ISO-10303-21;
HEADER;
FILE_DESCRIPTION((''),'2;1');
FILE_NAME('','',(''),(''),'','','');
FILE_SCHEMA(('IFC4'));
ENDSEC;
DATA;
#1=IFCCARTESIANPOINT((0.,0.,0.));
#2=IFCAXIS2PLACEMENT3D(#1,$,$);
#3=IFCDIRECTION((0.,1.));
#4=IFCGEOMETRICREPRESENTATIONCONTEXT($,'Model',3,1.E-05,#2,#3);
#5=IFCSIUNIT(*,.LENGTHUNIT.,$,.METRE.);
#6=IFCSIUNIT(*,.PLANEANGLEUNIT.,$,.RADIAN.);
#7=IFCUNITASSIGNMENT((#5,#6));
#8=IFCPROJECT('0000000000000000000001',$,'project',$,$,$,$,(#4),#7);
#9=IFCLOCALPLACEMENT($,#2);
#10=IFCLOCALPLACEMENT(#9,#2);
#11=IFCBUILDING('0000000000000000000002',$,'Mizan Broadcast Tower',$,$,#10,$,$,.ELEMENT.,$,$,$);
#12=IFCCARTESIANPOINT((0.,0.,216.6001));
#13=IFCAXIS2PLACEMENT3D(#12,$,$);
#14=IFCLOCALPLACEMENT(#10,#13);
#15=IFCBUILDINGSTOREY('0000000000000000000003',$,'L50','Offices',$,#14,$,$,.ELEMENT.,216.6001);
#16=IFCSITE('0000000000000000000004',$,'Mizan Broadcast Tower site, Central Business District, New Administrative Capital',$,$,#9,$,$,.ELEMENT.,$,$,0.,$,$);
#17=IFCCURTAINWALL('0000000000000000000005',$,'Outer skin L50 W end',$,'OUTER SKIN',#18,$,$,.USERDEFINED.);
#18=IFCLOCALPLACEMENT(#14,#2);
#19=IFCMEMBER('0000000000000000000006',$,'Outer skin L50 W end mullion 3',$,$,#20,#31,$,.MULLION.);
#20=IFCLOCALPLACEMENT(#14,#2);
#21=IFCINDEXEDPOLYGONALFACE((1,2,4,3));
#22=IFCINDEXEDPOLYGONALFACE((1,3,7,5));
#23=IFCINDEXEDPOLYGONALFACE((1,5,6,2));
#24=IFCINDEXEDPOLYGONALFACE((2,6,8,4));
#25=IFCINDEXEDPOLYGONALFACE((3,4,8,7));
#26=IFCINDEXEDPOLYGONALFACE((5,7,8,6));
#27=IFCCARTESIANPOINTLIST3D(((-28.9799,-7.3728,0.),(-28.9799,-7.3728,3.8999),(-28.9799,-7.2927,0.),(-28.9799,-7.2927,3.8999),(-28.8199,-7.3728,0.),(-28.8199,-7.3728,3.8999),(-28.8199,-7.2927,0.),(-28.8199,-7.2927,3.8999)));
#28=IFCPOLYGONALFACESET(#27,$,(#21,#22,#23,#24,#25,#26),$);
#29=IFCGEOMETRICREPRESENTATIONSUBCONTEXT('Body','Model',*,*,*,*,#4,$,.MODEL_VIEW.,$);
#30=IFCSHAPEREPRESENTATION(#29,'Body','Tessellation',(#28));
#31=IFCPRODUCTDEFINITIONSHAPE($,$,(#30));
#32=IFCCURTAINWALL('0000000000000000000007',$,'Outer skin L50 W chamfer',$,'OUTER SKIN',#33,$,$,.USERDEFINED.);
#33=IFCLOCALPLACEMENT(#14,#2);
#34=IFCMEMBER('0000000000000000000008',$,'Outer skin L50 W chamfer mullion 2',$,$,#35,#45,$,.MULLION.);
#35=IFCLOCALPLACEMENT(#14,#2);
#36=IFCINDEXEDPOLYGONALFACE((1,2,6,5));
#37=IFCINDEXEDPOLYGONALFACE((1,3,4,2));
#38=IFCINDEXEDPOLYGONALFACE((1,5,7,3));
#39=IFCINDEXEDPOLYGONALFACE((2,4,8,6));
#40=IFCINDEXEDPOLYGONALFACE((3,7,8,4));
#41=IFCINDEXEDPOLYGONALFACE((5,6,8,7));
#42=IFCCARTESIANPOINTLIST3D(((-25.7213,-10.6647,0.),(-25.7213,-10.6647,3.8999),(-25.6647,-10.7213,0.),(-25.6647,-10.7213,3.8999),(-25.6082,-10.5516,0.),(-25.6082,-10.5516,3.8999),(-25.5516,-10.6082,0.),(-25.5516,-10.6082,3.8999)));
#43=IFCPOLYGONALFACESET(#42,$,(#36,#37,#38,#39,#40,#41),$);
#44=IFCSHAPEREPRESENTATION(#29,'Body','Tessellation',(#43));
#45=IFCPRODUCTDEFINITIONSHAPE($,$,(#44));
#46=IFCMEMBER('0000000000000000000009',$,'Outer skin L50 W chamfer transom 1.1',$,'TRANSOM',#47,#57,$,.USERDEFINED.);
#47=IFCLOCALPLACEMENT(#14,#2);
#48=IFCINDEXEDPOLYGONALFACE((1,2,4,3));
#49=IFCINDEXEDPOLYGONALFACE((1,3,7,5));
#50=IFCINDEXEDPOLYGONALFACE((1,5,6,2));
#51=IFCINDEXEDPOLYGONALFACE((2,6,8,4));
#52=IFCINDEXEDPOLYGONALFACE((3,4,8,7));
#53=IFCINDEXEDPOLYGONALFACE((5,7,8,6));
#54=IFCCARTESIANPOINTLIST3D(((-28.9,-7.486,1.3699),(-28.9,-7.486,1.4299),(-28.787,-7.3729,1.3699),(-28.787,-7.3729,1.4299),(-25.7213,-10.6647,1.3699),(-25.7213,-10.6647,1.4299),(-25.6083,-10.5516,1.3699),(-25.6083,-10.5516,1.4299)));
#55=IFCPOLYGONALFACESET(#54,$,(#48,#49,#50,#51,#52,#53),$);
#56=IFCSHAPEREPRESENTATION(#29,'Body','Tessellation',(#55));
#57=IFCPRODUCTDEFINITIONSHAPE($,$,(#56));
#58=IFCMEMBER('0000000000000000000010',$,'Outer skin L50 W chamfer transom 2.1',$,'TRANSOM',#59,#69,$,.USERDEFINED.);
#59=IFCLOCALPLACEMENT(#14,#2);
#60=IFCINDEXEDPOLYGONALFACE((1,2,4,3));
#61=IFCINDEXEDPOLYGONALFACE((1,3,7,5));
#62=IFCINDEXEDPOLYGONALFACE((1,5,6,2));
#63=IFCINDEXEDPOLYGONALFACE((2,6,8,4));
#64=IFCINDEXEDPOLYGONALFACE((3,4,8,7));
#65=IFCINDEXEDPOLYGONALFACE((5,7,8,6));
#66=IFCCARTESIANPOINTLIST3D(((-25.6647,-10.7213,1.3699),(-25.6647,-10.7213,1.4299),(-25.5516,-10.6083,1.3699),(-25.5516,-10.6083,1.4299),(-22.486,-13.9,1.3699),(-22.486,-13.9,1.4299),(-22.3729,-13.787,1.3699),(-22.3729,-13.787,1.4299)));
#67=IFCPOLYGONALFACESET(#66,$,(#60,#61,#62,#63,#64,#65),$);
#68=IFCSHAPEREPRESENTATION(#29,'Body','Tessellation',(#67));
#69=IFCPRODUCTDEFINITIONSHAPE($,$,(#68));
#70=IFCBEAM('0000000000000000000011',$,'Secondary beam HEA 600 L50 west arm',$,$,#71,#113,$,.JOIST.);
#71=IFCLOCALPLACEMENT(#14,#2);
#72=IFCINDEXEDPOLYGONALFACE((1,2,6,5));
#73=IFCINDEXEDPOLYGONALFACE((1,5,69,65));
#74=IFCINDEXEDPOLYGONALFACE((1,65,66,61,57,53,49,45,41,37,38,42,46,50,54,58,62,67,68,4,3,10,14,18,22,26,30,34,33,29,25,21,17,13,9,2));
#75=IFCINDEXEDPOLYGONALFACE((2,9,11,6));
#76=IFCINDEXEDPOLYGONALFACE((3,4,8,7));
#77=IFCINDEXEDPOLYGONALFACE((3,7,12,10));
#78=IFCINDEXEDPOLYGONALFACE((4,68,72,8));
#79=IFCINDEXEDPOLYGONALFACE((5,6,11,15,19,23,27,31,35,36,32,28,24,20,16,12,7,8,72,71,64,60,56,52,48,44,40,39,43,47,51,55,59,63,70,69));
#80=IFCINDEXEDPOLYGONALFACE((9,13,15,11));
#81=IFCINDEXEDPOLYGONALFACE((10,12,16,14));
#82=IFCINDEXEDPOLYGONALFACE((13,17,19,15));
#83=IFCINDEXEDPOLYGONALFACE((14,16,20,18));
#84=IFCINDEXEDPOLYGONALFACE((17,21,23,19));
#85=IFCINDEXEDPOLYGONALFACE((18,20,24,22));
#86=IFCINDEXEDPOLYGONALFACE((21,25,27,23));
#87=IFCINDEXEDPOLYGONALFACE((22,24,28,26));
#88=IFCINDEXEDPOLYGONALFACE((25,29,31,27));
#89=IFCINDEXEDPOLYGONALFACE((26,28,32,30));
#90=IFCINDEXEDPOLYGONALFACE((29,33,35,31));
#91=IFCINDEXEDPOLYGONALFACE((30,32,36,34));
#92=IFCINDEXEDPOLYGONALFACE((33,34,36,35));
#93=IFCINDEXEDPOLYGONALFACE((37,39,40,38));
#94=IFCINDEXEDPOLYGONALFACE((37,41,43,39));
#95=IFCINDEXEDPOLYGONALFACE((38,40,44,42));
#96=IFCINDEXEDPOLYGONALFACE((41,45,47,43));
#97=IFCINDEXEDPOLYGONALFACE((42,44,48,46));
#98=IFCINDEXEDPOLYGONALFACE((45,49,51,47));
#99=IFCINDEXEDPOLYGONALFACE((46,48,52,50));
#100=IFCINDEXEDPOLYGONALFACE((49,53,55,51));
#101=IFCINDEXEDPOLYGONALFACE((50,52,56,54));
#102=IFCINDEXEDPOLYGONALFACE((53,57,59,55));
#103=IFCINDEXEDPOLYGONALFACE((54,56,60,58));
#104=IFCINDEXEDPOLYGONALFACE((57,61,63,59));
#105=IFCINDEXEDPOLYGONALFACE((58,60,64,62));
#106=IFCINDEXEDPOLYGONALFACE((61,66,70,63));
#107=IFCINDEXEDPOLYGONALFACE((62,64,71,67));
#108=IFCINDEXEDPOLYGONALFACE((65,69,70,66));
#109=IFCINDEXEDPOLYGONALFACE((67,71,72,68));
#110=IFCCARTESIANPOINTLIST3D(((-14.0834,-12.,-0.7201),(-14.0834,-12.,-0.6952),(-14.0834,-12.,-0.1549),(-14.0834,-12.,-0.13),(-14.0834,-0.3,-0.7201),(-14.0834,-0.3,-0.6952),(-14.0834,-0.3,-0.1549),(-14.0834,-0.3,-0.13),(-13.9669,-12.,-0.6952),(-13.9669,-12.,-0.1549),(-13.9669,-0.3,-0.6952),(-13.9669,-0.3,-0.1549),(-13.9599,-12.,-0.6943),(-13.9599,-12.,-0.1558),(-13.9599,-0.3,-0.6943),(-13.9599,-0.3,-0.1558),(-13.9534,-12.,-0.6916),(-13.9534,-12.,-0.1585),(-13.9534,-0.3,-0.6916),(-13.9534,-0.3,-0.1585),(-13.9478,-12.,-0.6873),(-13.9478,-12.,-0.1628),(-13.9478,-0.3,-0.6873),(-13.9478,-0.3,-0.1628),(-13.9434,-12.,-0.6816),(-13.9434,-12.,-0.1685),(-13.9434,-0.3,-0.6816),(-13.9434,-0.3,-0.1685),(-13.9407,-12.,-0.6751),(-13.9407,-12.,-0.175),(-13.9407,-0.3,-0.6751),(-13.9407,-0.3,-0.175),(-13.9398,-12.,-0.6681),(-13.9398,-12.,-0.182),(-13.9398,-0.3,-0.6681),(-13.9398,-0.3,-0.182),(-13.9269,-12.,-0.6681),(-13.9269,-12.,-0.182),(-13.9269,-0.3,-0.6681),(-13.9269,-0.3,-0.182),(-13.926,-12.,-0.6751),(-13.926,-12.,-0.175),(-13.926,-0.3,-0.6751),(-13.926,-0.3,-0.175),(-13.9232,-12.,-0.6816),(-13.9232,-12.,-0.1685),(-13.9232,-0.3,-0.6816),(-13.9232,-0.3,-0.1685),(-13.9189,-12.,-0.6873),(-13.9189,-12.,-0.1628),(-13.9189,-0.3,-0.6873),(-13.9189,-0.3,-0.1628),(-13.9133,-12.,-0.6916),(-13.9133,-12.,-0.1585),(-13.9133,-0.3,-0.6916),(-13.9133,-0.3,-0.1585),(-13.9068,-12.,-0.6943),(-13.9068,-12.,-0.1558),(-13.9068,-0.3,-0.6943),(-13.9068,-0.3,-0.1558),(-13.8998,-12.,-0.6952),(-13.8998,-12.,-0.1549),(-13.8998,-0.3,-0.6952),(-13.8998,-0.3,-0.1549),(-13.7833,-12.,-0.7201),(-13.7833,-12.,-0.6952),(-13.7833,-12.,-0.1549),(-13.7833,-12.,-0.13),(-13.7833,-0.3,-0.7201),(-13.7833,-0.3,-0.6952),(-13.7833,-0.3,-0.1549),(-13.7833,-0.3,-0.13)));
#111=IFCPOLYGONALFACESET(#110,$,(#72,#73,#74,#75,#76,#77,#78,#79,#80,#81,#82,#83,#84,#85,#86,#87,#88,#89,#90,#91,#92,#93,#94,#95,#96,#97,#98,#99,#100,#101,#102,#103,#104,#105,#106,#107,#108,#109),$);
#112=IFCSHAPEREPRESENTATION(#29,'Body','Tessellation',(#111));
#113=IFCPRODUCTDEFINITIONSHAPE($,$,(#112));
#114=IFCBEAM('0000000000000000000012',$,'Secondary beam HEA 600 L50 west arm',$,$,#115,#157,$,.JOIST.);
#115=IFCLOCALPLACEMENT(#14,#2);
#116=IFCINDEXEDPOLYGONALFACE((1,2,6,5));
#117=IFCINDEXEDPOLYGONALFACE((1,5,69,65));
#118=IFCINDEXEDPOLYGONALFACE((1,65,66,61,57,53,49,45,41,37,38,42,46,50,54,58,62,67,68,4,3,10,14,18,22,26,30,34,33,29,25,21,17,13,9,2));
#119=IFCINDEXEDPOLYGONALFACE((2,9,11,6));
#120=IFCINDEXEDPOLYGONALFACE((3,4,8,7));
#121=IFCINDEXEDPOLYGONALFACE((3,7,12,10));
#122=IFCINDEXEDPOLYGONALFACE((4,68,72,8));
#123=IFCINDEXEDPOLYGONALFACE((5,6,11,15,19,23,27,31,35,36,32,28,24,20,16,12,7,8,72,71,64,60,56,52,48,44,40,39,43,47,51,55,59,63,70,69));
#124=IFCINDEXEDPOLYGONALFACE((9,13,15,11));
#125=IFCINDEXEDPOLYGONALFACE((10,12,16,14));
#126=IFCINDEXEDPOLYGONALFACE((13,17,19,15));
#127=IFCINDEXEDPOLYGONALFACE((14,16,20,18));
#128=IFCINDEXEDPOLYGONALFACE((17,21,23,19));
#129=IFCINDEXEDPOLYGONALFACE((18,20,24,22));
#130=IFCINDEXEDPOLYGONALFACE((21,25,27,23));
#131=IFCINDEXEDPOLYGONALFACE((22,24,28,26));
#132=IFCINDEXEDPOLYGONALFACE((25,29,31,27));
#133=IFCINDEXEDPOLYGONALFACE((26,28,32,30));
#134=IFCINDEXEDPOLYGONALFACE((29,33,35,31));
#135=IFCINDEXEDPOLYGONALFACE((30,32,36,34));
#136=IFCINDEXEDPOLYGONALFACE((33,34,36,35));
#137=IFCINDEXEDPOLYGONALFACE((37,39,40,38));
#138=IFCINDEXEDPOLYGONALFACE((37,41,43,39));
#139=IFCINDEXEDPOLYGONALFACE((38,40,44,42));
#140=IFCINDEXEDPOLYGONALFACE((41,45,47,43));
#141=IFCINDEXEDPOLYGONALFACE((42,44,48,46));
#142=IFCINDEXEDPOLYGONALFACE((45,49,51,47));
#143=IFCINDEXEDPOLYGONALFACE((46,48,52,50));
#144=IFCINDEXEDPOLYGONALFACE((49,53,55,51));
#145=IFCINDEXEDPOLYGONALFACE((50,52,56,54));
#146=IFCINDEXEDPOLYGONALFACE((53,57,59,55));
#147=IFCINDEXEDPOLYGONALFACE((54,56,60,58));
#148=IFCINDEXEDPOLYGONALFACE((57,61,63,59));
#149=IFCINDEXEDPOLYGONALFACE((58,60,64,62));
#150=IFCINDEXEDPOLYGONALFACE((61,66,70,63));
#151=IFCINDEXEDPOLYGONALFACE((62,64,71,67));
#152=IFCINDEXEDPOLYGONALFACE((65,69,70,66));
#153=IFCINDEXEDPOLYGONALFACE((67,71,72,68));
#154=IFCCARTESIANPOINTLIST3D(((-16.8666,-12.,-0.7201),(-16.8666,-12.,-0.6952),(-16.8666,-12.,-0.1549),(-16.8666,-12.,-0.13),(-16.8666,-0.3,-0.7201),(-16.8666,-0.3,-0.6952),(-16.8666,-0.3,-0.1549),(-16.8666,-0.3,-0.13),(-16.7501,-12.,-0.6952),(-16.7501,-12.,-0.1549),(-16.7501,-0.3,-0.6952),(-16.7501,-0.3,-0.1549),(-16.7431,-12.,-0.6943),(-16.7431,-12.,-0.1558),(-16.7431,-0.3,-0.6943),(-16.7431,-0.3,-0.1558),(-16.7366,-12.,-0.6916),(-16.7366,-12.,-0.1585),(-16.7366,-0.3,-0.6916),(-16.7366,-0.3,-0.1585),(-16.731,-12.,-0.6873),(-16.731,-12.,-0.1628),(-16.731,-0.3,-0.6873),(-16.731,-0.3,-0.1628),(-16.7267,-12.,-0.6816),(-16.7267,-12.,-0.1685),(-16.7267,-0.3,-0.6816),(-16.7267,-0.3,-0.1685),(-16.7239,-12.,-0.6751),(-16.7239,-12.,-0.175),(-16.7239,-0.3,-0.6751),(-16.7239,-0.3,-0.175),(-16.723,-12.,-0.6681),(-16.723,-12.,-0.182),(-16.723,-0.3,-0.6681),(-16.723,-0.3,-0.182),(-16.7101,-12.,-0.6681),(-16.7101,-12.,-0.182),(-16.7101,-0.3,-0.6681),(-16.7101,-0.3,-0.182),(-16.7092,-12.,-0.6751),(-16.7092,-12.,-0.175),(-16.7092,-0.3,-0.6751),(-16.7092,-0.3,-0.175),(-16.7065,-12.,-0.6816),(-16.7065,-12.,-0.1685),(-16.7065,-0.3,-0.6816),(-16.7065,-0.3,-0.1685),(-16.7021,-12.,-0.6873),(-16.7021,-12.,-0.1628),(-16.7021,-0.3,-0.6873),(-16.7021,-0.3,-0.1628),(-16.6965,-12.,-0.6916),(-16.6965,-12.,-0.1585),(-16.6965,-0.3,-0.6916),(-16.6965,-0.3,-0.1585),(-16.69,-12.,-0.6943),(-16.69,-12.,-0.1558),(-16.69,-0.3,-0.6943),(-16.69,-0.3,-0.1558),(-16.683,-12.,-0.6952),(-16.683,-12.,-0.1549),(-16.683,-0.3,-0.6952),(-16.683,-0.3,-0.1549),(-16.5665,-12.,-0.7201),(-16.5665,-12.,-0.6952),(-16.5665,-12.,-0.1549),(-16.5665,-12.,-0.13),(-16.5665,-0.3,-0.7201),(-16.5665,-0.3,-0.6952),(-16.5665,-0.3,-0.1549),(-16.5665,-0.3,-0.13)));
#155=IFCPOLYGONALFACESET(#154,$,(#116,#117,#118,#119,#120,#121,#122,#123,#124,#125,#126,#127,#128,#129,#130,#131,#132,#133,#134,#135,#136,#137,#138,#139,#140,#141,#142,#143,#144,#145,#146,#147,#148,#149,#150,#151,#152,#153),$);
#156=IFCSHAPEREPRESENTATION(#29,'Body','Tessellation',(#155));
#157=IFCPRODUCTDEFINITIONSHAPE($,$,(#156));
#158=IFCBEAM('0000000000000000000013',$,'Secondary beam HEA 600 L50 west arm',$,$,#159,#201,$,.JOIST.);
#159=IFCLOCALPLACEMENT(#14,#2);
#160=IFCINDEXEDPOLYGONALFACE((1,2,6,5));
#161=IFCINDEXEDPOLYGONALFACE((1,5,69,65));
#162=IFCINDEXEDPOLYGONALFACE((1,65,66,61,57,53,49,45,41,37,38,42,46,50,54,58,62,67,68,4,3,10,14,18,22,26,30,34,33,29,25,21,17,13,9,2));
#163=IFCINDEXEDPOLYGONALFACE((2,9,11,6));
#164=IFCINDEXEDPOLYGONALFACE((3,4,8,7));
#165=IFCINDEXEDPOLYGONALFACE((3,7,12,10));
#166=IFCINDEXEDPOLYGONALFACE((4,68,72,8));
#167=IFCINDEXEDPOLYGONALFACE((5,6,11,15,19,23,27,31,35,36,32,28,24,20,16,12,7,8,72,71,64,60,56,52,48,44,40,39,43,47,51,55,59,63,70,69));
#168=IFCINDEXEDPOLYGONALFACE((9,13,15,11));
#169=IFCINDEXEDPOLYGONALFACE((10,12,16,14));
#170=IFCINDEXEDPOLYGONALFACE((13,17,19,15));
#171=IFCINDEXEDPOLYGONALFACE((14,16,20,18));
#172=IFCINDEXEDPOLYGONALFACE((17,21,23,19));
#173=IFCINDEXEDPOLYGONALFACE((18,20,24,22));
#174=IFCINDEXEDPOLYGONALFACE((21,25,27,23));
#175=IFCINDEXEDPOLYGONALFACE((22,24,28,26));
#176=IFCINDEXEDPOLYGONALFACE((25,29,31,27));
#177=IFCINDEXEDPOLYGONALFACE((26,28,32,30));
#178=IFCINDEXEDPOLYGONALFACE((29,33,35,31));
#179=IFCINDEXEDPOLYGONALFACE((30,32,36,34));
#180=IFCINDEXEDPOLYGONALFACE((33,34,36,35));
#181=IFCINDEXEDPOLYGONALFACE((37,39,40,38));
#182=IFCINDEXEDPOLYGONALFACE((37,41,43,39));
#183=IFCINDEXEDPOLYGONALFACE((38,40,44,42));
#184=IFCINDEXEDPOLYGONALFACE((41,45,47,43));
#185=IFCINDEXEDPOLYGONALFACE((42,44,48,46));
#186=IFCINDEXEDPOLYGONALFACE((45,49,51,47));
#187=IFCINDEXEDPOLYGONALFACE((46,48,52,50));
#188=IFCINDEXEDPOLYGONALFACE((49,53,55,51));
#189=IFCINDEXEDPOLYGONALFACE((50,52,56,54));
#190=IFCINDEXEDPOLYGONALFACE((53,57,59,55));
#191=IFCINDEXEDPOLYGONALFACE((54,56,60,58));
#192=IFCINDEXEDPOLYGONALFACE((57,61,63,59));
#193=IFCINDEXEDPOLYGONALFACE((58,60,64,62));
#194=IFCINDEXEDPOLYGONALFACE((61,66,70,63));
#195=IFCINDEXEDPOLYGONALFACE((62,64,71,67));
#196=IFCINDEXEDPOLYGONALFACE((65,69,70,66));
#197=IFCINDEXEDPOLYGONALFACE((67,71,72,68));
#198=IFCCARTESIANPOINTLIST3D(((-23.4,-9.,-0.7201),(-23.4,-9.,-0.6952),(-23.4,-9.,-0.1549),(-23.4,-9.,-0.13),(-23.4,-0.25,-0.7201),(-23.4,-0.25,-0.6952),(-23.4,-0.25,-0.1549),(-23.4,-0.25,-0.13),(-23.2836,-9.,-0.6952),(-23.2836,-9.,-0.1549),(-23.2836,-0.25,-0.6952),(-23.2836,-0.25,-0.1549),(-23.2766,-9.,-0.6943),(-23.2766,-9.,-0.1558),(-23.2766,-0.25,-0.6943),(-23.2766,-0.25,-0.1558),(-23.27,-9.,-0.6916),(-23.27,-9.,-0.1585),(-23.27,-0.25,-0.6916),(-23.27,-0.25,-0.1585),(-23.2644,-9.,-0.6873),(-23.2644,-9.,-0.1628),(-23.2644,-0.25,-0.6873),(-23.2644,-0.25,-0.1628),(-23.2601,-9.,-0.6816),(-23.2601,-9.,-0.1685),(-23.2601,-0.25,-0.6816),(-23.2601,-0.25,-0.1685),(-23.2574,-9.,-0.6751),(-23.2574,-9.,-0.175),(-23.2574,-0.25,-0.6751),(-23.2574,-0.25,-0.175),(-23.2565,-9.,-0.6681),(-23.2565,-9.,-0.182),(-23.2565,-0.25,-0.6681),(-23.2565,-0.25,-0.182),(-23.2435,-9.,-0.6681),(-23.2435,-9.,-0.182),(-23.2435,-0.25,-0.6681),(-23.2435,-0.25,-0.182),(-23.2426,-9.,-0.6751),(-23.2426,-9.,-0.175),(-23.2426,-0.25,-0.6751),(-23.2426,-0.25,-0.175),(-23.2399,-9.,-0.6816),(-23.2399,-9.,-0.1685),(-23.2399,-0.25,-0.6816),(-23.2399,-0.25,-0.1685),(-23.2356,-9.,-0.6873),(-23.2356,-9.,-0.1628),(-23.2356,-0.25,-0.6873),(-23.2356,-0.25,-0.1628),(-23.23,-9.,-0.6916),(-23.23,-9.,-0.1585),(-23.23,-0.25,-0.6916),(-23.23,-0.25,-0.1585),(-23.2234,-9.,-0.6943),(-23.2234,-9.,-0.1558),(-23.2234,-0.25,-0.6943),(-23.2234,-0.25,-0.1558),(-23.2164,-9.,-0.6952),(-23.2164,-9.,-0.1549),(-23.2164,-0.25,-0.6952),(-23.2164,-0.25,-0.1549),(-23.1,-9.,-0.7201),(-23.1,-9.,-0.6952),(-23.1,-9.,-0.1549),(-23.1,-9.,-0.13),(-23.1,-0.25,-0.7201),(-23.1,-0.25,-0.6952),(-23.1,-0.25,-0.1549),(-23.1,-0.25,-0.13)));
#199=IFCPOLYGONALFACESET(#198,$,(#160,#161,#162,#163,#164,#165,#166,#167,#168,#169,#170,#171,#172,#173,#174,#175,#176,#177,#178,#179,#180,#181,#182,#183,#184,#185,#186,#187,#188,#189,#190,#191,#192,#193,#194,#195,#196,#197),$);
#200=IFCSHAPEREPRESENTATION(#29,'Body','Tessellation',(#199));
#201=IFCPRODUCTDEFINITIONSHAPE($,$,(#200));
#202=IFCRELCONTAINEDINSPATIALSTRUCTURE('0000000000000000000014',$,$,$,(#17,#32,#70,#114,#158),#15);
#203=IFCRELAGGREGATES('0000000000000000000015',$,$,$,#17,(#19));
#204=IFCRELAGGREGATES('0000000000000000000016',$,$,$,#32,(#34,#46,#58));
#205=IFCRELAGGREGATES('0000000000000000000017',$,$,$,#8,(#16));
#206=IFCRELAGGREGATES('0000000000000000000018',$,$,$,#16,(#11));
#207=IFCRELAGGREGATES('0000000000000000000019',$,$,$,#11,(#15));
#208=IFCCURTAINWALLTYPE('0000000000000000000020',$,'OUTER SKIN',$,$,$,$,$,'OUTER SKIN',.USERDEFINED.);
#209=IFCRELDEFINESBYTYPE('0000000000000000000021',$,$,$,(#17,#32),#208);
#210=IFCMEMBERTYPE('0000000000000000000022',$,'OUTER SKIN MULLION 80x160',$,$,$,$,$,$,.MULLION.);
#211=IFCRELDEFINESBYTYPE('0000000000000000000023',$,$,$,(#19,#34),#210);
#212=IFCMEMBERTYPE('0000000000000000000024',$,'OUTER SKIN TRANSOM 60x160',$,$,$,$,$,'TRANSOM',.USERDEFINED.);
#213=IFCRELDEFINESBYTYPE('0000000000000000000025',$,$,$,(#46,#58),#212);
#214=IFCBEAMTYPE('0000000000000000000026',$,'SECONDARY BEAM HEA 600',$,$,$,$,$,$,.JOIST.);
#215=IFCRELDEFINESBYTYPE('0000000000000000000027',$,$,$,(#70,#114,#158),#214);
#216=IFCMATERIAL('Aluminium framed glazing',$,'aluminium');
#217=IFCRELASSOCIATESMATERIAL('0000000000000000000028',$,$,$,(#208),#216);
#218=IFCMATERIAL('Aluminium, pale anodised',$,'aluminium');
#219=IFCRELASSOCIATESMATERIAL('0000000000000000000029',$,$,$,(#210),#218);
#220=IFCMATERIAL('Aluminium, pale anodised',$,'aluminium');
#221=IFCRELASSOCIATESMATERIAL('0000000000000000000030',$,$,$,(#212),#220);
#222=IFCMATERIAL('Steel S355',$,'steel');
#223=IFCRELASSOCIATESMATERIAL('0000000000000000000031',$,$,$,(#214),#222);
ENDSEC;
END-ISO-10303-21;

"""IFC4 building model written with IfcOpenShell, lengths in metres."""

from ifc_helpers import new_model, si_unit, direction, frame, origin, origin_2d, place, context, subcontext, project, spatial, rectangle, i_section, extrude, material, material_profile, profile_set, type_object, element, aggregate, save


model = new_model("IFC4")

# Units and contexts
model_context = context("Model", 3, precision=1e-05, world=origin(), true_north=direction((0.0, 1.0)))
body_context = subcontext(model_context, "Body", "Model", "MODEL_VIEW")
ifc_project = project(units=[si_unit("LENGTHUNIT", "METRE"), si_unit("PLANEANGLEUNIT", "RADIAN")], contexts=[model_context])

# Site, building, storey
site_placement = place(None, origin())
site = spatial("IfcSite", under=ifc_project, at=site_placement, Name="Mizan Broadcast Tower site, Central Business District, New Administrative Capital", CompositionType="ELEMENT", RefElevation=0.0)
building_placement = place(site_placement, origin())
building = spatial("IfcBuilding", under=site, at=building_placement, Name="Mizan Broadcast Tower", CompositionType="ELEMENT")
storey_placement = place(building_placement, frame((0.0, 0.0, 216.6001)))
storey = spatial("IfcBuildingStorey", under=building, at=storey_placement, Name="L50", Description="Offices", CompositionType="ELEMENT", Elevation=216.6001)

# Curtain wall, member
ifc_material_1 = material(Name="Aluminium framed glazing", Category="aluminium")
curtain_wall_type_1 = type_object("IfcCurtainWallType", Name="OUTER SKIN", ElementType="OUTER SKIN", PredefinedType="USERDEFINED", material=ifc_material_1)
curtain_wall_1_placement = place(storey_placement, origin())
curtain_wall_1 = element("IfcCurtainWall", 1, at=curtain_wall_1_placement, inside=storey, type_object=curtain_wall_type_1, Name="Outer skin L50 W end", ObjectType="OUTER SKIN", PredefinedType="USERDEFINED")
ifc_material_2 = material(Name="Aluminium, pale anodised", Category="aluminium")
ifc_material_profile_1 = material_profile(ifc_material_2, rectangle(XDim=0.1599, YDim=0.0801, at=origin_2d()), Name="MULLION 160x80")
ifc_profile_set_1 = profile_set([ifc_material_profile_1], Name="Aluminium, pale anodised")
member_type_1 = type_object("IfcMemberType", Name="OUTER SKIN MULLION 80x160", PredefinedType="MULLION", material=ifc_profile_set_1)
member_1_placement = place(storey_placement, frame((-28.8999, -7.3328, 0.0), z_axis=(0.0, 0.0, 1.0), x_axis=(1.0, 0.0, 0.0)))
member_1 = element("IfcMember", 2, at=member_1_placement, type_object=member_type_1, Name="Outer skin L50 W end mullion 3", PredefinedType="MULLION", context=body_context, shape_type="SweptSolid", body=[
    extrude(rectangle(XDim=0.1599, YDim=0.0801, at=origin_2d()), origin(), (0.0, 0.0, 1.0), 3.8999),
])

# Curtain wall, members
curtain_wall_2_placement = place(storey_placement, origin())
curtain_wall_2 = element("IfcCurtainWall", 3, at=curtain_wall_2_placement, inside=storey, type_object=curtain_wall_type_1, Name="Outer skin L50 W chamfer", ObjectType="OUTER SKIN", PredefinedType="USERDEFINED")
member_2_placement = place(storey_placement, frame((-25.6365, -10.6365, 0.0), z_axis=(0.0, 0.0, 1.0), x_axis=(0.707107, 0.707107, 0.0)))
member_2 = element("IfcMember", 4, at=member_2_placement, type_object=member_type_1, Name="Outer skin L50 W chamfer mullion 2", PredefinedType="MULLION", context=body_context, shape_type="SweptSolid", body=[
    extrude(rectangle(XDim=0.1599, YDim=0.0801, at=origin_2d()), origin(), (0.0, 0.0, 1.0), 3.8999),
])
ifc_material_3 = material(Name="Aluminium, pale anodised", Category="aluminium")
ifc_material_profile_2 = material_profile(ifc_material_3, rectangle(XDim=0.1599, YDim=0.0601, at=origin_2d()), Name="TRANSOM 160x60")
ifc_profile_set_2 = profile_set([ifc_material_profile_2], Name="Aluminium, pale anodised")
member_type_2 = type_object("IfcMemberType", Name="OUTER SKIN TRANSOM 60x160", ElementType="TRANSOM", PredefinedType="USERDEFINED", material=ifc_profile_set_2)
member_3_placement = place(storey_placement, frame((-28.8435, -7.4294, 1.3999), z_axis=(0.707107, -0.707107, 0.0), x_axis=(0.707107, 0.707107, 0.0)))
member_3 = element("IfcMember", 5, at=member_3_placement, type_object=member_type_2, Name="Outer skin L50 W chamfer transom 1.1", ObjectType="TRANSOM", PredefinedType="USERDEFINED", context=body_context, shape_type="SweptSolid", body=[
    extrude(rectangle(XDim=0.1599, YDim=0.0601, at=origin_2d()), origin(), (0.0, 0.0, 1.0), 4.4954),
])
member_4_placement = place(storey_placement, frame((-25.6082, -10.6648, 1.3999), z_axis=(0.707107, -0.707107, 0.0), x_axis=(0.707107, 0.707107, 0.0)))
member_4 = element("IfcMember", 6, at=member_4_placement, type_object=member_type_2, Name="Outer skin L50 W chamfer transom 2.1", ObjectType="TRANSOM", PredefinedType="USERDEFINED", context=body_context, shape_type="SweptSolid", body=[
    extrude(rectangle(XDim=0.1599, YDim=0.0601, at=origin_2d()), origin(), (0.0, 0.0, 1.0), 4.4954),
])

# Beams
ifc_material_4 = material(Name="Steel S355", Category="steel")
ifc_material_profile_3 = material_profile(ifc_material_4, i_section(OverallWidth=0.3, OverallDepth=0.5901, WebThickness=0.0129, FlangeThickness=0.0249, FilletRadius=0.0271, at=origin_2d()), Name="HEA 600")
ifc_profile_set_3 = profile_set([ifc_material_profile_3], Name="Steel S355")
beam_type_1 = type_object("IfcBeamType", Name="SECONDARY BEAM HEA 600", PredefinedType="JOIST", material=ifc_profile_set_3)
for number, where, z_axis, x_axis, name in (
    (7, (-13.9333, -12.0, -0.425), (0.0, 1.0, 0.0), (-1.0, 0.0, 0.0), "Secondary beam HEA 600 L50 west arm"),
    (8, (-16.7166, -12.0, -0.425), (0.0, 1.0, 0.0), (-1.0, 0.0, 0.0), "Secondary beam HEA 600 L50 west arm"),
):
    element("IfcBeam", number, at=place(storey_placement, frame(where, z_axis=z_axis, x_axis=x_axis)), inside=storey, type_object=beam_type_1, Name=name, PredefinedType="JOIST", context=body_context, shape_type="SweptSolid", body=[
        extrude(i_section(OverallWidth=0.3, OverallDepth=0.5901, WebThickness=0.0129, FlangeThickness=0.0249, FilletRadius=0.0271, at=origin_2d()), origin(), (0.0, 0.0, 1.0), 11.7),
    ])
beam_1_placement = place(storey_placement, frame((-23.25, -9.0, -0.425), z_axis=(0.0, 1.0, 0.0), x_axis=(-1.0, 0.0, 0.0)))
element("IfcBeam", 9, at=beam_1_placement, inside=storey, type_object=beam_type_1, Name="Secondary beam HEA 600 L50 west arm", PredefinedType="JOIST", context=body_context, shape_type="SweptSolid", body=[
    extrude(i_section(OverallWidth=0.3, OverallDepth=0.5901, WebThickness=0.0129, FlangeThickness=0.0249, FilletRadius=0.0271, at=origin_2d()), origin(), (0.0, 0.0, 1.0), 8.75),
])

aggregate(curtain_wall_1, [member_1])
aggregate(curtain_wall_2, [member_2, member_3, member_4])

save(model, "model.ifc")
